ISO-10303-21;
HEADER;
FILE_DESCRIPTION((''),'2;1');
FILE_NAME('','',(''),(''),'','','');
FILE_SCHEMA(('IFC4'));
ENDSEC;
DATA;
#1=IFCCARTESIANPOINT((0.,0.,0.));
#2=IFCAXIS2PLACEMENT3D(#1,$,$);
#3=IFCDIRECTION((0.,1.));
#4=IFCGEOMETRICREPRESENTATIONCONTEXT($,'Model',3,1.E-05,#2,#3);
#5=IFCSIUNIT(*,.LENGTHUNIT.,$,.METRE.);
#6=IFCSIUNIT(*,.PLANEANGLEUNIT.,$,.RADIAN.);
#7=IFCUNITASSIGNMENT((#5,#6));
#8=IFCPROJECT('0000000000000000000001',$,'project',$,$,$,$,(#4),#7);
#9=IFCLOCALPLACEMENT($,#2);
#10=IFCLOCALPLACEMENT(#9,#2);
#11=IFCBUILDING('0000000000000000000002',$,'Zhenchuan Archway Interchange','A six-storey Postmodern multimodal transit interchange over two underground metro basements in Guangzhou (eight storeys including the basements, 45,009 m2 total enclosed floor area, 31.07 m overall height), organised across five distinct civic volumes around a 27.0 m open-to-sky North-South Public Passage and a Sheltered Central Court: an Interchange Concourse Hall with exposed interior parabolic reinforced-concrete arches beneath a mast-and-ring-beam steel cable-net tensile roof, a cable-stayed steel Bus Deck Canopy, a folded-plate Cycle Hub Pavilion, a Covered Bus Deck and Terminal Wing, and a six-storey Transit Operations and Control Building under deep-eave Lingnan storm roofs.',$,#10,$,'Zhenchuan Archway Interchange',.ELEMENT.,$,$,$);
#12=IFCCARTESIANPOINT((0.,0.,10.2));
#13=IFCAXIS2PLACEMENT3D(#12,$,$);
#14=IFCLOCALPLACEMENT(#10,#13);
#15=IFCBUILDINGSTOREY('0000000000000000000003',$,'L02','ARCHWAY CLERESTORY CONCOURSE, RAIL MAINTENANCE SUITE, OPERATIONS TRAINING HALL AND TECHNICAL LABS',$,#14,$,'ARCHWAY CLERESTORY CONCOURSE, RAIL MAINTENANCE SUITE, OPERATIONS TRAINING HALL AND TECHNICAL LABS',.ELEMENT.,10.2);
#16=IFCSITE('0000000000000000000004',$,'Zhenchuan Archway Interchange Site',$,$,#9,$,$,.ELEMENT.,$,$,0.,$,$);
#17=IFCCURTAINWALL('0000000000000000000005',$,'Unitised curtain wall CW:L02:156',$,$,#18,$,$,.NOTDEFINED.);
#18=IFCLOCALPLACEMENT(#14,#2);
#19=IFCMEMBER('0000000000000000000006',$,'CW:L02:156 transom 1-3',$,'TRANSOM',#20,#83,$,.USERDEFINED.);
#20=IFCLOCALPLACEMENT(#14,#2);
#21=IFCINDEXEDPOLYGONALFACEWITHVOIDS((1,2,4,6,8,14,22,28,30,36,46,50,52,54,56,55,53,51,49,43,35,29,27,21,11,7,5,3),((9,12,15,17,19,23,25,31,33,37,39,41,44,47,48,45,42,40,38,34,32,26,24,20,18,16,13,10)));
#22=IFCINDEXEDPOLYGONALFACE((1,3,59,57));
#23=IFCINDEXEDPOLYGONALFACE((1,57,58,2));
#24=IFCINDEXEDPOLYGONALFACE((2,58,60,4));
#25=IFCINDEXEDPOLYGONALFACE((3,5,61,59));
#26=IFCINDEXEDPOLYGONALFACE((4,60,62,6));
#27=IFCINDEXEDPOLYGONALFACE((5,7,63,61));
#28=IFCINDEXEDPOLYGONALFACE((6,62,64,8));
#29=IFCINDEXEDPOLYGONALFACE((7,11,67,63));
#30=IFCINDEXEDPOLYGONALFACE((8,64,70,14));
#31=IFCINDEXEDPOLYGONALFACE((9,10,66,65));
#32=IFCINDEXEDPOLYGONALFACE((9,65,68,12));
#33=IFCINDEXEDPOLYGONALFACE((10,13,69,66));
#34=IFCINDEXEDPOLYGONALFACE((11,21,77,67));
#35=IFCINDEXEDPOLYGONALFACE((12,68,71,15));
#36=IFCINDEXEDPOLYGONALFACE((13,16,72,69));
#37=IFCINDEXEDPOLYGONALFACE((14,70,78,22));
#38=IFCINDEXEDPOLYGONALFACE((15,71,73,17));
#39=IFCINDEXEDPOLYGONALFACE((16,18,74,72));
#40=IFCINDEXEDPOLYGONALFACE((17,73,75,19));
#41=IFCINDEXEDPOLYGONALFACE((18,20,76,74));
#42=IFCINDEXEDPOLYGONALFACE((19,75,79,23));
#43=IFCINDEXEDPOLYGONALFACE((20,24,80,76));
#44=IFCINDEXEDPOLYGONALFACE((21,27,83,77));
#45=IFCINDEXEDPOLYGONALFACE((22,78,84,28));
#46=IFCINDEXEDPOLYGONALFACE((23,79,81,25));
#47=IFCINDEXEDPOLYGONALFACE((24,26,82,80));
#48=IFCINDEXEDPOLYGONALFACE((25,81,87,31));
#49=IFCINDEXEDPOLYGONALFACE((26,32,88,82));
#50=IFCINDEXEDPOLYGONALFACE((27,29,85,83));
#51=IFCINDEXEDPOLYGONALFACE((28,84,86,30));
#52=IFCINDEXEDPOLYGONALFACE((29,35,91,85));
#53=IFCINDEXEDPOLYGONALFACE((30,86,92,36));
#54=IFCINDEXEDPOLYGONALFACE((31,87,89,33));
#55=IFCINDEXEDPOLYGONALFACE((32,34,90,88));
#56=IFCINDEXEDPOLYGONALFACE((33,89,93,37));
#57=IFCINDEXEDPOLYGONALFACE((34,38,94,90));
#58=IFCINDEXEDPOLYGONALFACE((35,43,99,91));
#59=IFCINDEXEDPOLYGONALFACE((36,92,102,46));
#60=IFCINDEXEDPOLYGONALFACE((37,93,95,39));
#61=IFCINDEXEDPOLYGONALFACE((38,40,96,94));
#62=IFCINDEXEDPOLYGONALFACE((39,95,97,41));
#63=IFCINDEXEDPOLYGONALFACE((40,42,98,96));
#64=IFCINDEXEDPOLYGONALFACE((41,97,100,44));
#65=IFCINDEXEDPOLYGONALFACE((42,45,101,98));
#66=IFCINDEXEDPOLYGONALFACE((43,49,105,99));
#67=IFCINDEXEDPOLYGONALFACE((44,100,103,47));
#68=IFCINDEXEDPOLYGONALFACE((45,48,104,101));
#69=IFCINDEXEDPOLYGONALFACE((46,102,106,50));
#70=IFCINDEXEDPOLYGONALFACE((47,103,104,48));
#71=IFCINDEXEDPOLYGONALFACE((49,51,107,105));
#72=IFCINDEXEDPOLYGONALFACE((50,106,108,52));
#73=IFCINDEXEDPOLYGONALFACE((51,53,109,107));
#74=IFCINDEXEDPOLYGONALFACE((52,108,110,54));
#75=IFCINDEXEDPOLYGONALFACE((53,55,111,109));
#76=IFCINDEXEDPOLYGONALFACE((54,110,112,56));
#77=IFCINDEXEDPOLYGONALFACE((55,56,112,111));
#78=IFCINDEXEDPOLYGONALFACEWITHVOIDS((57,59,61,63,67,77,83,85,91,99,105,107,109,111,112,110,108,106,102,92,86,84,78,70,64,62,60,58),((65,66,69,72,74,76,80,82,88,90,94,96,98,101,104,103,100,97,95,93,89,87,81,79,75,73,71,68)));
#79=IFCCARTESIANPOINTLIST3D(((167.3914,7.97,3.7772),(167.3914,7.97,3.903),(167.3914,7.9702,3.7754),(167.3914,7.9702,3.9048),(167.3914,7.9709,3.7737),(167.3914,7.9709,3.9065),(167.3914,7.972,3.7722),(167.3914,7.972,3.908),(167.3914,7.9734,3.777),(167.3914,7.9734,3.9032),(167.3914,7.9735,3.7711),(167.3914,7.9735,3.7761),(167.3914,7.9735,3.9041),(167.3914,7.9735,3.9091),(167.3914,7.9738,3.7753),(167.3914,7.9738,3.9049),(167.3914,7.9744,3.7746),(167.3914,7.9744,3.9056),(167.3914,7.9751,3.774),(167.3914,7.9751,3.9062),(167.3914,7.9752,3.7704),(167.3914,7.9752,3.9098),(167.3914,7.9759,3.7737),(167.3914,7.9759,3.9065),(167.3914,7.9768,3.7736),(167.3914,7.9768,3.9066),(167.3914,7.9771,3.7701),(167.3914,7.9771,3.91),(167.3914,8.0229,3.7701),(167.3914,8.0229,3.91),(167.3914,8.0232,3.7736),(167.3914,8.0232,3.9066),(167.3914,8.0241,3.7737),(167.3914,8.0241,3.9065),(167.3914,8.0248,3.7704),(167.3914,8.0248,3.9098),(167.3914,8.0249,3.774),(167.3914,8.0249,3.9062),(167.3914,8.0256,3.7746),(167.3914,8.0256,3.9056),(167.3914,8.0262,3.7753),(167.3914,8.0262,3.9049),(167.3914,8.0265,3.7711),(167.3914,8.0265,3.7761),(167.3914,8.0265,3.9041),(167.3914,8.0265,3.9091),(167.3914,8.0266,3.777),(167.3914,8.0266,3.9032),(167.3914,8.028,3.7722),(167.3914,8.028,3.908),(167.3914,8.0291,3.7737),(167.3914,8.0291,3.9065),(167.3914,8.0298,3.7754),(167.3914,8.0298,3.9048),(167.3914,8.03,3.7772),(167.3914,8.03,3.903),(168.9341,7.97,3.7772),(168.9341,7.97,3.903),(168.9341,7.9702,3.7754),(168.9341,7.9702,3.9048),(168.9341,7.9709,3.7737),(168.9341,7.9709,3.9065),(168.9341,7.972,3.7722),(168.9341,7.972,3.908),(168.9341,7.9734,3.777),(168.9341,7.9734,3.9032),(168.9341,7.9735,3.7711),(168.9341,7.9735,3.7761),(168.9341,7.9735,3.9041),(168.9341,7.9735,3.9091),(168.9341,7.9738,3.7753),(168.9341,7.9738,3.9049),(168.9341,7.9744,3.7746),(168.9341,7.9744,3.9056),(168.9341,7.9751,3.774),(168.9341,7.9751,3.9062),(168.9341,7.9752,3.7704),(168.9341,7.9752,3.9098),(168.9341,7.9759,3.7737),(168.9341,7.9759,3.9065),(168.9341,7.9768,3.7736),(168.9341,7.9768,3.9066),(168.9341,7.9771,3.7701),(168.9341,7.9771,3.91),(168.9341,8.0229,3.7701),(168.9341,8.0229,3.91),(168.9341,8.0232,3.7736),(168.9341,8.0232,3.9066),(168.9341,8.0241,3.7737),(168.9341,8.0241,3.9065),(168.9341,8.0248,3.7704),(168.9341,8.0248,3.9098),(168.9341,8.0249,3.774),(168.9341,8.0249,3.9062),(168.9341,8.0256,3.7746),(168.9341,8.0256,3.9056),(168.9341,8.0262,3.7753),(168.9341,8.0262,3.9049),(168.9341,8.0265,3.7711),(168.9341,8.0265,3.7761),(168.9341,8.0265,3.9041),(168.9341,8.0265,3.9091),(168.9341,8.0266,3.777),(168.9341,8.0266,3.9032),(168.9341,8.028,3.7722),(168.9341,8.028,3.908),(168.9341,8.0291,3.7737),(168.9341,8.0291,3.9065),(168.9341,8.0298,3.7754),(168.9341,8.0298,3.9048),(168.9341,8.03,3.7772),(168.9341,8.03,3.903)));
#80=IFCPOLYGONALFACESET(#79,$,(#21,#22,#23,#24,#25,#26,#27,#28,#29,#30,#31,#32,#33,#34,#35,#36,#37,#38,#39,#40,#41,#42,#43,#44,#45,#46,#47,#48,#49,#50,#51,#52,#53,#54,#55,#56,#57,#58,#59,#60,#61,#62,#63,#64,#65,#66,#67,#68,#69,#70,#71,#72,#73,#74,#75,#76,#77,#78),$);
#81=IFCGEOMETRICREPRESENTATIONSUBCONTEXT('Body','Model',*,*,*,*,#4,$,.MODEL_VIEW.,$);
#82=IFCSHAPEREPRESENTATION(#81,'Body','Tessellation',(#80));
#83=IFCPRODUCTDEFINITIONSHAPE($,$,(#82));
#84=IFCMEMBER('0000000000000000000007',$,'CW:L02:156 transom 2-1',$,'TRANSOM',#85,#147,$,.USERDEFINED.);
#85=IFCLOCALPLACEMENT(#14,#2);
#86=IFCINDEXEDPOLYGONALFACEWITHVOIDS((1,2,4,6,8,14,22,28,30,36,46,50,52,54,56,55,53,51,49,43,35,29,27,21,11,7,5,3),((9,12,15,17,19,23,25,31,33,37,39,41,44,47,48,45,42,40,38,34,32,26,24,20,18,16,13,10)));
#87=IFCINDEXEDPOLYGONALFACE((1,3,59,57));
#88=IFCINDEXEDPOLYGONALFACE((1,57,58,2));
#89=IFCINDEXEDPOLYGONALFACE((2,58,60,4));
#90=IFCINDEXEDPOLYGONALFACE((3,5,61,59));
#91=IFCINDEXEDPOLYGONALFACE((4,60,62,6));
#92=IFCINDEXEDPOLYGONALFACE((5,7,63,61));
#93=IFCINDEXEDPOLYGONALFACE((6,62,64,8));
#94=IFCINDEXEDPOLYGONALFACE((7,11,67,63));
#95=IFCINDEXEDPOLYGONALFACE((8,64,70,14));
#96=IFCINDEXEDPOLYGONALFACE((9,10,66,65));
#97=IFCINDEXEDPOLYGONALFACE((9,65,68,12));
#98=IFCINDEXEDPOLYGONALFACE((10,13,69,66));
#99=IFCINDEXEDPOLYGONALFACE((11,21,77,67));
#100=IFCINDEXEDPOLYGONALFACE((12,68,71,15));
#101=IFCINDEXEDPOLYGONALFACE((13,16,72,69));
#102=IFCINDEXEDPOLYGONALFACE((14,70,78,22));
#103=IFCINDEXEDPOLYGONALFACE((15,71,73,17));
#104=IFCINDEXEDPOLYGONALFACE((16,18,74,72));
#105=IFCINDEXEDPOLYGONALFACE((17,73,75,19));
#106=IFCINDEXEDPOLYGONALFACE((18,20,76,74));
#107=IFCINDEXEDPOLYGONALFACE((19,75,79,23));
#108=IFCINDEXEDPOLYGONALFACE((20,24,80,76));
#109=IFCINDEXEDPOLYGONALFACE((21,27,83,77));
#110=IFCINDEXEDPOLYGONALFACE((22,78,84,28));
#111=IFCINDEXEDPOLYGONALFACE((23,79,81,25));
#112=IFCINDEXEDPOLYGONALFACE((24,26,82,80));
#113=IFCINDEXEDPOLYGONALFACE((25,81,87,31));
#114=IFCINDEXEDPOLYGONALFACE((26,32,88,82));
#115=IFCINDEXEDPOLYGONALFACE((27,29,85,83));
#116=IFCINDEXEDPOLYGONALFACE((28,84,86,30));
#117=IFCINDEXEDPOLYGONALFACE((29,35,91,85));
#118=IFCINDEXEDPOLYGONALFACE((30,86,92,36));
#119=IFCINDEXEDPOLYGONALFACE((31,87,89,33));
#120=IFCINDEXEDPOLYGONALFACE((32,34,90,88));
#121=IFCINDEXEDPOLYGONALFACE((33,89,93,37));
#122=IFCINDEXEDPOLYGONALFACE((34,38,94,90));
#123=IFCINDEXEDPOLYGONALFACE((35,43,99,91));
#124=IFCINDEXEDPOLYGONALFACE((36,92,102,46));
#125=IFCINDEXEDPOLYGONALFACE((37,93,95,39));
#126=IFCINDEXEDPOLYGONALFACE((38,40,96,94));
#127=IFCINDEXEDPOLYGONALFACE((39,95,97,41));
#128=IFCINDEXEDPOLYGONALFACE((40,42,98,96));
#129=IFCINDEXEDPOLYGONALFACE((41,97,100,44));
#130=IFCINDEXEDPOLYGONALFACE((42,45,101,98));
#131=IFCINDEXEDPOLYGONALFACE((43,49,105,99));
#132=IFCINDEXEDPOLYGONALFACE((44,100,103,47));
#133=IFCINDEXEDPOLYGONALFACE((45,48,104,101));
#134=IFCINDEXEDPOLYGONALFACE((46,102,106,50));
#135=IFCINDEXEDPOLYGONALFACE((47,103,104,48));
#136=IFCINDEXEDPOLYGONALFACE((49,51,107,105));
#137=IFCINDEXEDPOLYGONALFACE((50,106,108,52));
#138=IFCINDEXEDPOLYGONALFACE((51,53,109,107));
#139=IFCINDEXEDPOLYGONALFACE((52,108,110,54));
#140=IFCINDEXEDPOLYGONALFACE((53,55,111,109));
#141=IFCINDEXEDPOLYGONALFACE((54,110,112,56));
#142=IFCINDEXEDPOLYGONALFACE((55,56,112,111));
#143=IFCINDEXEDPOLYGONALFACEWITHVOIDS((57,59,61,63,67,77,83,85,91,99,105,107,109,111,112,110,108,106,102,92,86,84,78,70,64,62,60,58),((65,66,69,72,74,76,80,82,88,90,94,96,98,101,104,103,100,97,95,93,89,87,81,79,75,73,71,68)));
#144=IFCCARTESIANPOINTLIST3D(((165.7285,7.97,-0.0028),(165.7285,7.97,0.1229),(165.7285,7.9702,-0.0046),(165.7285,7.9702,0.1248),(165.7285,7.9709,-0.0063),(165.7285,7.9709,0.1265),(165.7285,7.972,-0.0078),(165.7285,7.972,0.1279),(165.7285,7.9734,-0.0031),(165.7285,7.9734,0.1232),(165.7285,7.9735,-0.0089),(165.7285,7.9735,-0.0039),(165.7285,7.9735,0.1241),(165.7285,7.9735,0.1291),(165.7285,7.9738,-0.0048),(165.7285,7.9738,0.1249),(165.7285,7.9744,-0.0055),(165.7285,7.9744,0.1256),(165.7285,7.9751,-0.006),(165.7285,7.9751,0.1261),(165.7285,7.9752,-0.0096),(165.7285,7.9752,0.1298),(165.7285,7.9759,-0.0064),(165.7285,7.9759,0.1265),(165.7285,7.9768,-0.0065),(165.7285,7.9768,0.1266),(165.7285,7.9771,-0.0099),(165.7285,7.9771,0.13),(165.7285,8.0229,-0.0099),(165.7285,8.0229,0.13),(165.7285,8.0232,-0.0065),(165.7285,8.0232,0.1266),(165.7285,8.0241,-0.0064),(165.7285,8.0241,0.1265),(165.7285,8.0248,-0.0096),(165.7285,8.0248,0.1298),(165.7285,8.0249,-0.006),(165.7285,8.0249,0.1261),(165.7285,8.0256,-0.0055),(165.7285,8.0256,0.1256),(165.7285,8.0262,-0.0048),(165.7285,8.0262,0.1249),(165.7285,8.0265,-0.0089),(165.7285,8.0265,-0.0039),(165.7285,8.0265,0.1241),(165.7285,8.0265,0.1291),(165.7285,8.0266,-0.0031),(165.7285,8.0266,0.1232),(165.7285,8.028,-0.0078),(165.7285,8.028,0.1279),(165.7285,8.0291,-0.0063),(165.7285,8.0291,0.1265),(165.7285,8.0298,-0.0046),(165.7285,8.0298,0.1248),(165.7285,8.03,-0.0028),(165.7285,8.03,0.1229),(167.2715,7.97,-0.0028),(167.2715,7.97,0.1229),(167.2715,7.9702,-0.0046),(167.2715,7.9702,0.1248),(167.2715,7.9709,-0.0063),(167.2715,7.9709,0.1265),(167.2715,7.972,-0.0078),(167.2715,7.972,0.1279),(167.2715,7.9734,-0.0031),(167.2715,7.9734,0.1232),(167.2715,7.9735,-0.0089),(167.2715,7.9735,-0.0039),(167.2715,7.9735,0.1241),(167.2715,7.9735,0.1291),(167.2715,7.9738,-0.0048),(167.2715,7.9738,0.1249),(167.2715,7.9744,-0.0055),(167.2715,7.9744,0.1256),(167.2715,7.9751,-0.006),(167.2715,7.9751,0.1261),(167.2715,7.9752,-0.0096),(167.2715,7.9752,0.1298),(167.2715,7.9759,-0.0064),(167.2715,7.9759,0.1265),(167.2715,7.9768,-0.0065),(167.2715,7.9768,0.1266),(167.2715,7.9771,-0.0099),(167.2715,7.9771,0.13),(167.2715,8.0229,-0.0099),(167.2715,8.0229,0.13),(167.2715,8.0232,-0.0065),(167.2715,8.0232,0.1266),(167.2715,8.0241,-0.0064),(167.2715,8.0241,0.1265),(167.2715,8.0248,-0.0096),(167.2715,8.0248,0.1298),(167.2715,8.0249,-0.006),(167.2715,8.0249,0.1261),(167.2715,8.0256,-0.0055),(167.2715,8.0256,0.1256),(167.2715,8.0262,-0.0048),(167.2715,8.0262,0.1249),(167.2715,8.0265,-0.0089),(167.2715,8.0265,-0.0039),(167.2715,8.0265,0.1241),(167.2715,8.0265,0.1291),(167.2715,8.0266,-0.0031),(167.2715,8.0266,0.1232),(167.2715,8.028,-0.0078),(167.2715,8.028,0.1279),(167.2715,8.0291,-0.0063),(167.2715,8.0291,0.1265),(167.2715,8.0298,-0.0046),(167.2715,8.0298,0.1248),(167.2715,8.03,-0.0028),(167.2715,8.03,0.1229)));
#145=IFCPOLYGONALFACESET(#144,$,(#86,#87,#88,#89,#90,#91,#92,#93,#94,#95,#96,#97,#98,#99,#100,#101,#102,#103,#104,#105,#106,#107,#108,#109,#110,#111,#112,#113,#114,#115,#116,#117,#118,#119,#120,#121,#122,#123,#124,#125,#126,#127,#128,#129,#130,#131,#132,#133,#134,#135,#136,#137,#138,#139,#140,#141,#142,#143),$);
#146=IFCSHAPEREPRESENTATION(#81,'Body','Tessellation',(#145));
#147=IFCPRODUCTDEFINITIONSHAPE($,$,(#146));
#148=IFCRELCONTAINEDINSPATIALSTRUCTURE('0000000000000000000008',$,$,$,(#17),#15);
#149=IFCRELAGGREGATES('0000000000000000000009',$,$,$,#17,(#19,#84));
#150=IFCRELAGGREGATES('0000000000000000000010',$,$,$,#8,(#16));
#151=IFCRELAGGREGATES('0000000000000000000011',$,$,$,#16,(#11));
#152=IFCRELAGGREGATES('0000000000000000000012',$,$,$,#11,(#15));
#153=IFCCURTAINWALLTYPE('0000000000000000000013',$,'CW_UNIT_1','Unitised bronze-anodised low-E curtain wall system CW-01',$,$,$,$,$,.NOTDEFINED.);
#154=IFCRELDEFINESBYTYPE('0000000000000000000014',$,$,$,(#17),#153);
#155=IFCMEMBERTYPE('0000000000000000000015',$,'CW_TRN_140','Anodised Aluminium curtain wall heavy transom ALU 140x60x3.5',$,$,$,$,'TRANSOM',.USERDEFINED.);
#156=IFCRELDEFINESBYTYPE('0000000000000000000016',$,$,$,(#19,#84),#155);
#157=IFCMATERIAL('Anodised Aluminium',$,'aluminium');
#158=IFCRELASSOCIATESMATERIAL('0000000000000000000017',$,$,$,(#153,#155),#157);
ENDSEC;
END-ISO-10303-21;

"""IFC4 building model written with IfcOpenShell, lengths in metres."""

from ifc_helpers import new_model, si_unit, direction, frame, origin, origin_2d, place, context, subcontext, project, spatial, hollow_rectangle, extrude, material, material_profile, profile_set, type_object, element, aggregate, save


model = new_model("IFC4")

# Units and contexts
model_context = context("Model", 3, precision=1e-05, world=origin(), true_north=direction((0.0, 1.0)))
body_context = subcontext(model_context, "Body", "Model", "MODEL_VIEW")
ifc_project = project(units=[si_unit("LENGTHUNIT", "METRE"), si_unit("PLANEANGLEUNIT", "RADIAN")], contexts=[model_context])

# Site, building, storey
site_placement = place(None, origin())
site = spatial("IfcSite", under=ifc_project, at=site_placement, Name="Zhenchuan Archway Interchange Site", CompositionType="ELEMENT", RefElevation=0.0)
building_placement = place(site_placement, origin())
building = spatial("IfcBuilding", under=site, at=building_placement, Name="Zhenchuan Archway Interchange", Description="A six-storey Postmodern multimodal transit interchange over two underground metro basements in Guangzhou (eight storeys including the basements, 45,009 m2 total enclosed floor area, 31.07 m overall height), organised across five distinct civic volumes around a 27.0 m open-to-sky North-South Public Passage and a Sheltered Central Court: an Interchange Concourse Hall with exposed interior parabolic reinforced-concrete arches beneath a mast-and-ring-beam steel cable-net tensile roof, a cable-stayed steel Bus Deck Canopy, a folded-plate Cycle Hub Pavilion, a Covered Bus Deck and Terminal Wing, and a six-storey Transit Operations and Control Building under deep-eave Lingnan storm roofs.", LongName="Zhenchuan Archway Interchange", CompositionType="ELEMENT")
storey_placement = place(building_placement, frame((0.0, 0.0, 10.2)))
storey = spatial("IfcBuildingStorey", under=building, at=storey_placement, Name="L02", Description="ARCHWAY CLERESTORY CONCOURSE, RAIL MAINTENANCE SUITE, OPERATIONS TRAINING HALL AND TECHNICAL LABS", LongName="ARCHWAY CLERESTORY CONCOURSE, RAIL MAINTENANCE SUITE, OPERATIONS TRAINING HALL AND TECHNICAL LABS", CompositionType="ELEMENT", Elevation=10.2)

# Curtain wall, members
ifc_material_1 = material(Name="Anodised Aluminium", Category="aluminium")
curtain_wall_type = type_object("IfcCurtainWallType", Name="CW_UNIT_1", Description="Unitised bronze-anodised low-E curtain wall system CW-01", PredefinedType="NOTDEFINED", material=ifc_material_1)
curtain_wall_placement = place(storey_placement, origin())
curtain_wall = element("IfcCurtainWall", 1, at=curtain_wall_placement, inside=storey, type_object=curtain_wall_type, Name="Unitised curtain wall CW:L02:156", PredefinedType="NOTDEFINED")
ifc_material_profile_1 = material_profile(ifc_material_1, hollow_rectangle(XDim=0.0601, YDim=0.1399, WallThickness=0.0034, InnerFilletRadius=0.0034, OuterFilletRadius=0.0071, at=origin_2d()), Name="ALU 140x60x3.5")
ifc_profile_set_1 = profile_set([ifc_material_profile_1], Name="Anodised Aluminium")
member_type_1 = type_object("IfcMemberType", Name="CW_TRN_140", Description="Anodised Aluminium curtain wall heavy transom ALU 140x60x3.5", ElementType="TRANSOM", PredefinedType="USERDEFINED", material=ifc_profile_set_1)
member_1_placement = place(storey_placement, frame((168.9341, 8.0, 3.8401), z_axis=(-1.0, 0.0, 0.0), x_axis=(0.0, -1.0, 0.0)))
member_1 = element("IfcMember", 2, at=member_1_placement, type_object=member_type_1, Name="CW:L02:156 transom 1-3", ObjectType="TRANSOM", PredefinedType="USERDEFINED", context=body_context, shape_type="SweptSolid", body=[
    extrude(hollow_rectangle(XDim=0.0601, YDim=0.1399, WallThickness=0.0034, InnerFilletRadius=0.0034, OuterFilletRadius=0.0071, at=origin_2d()), origin(), (0.0, 0.0, 1.0), 1.5427),
])
member_2_placement = place(storey_placement, frame((167.2715, 8.0, 0.0601), z_axis=(-1.0, 0.0, 0.0), x_axis=(0.0, -1.0, 0.0)))
member_2 = element("IfcMember", 3, at=member_2_placement, type_object=member_type_1, Name="CW:L02:156 transom 2-1", ObjectType="TRANSOM", PredefinedType="USERDEFINED", context=body_context, shape_type="SweptSolid", body=[
    extrude(hollow_rectangle(XDim=0.0601, YDim=0.1399, WallThickness=0.0034, InnerFilletRadius=0.0034, OuterFilletRadius=0.0071, at=origin_2d()), origin(), (0.0, 0.0, 1.0), 1.543),
])

aggregate(curtain_wall, [member_1, member_2])

save(model, "model.ifc")
